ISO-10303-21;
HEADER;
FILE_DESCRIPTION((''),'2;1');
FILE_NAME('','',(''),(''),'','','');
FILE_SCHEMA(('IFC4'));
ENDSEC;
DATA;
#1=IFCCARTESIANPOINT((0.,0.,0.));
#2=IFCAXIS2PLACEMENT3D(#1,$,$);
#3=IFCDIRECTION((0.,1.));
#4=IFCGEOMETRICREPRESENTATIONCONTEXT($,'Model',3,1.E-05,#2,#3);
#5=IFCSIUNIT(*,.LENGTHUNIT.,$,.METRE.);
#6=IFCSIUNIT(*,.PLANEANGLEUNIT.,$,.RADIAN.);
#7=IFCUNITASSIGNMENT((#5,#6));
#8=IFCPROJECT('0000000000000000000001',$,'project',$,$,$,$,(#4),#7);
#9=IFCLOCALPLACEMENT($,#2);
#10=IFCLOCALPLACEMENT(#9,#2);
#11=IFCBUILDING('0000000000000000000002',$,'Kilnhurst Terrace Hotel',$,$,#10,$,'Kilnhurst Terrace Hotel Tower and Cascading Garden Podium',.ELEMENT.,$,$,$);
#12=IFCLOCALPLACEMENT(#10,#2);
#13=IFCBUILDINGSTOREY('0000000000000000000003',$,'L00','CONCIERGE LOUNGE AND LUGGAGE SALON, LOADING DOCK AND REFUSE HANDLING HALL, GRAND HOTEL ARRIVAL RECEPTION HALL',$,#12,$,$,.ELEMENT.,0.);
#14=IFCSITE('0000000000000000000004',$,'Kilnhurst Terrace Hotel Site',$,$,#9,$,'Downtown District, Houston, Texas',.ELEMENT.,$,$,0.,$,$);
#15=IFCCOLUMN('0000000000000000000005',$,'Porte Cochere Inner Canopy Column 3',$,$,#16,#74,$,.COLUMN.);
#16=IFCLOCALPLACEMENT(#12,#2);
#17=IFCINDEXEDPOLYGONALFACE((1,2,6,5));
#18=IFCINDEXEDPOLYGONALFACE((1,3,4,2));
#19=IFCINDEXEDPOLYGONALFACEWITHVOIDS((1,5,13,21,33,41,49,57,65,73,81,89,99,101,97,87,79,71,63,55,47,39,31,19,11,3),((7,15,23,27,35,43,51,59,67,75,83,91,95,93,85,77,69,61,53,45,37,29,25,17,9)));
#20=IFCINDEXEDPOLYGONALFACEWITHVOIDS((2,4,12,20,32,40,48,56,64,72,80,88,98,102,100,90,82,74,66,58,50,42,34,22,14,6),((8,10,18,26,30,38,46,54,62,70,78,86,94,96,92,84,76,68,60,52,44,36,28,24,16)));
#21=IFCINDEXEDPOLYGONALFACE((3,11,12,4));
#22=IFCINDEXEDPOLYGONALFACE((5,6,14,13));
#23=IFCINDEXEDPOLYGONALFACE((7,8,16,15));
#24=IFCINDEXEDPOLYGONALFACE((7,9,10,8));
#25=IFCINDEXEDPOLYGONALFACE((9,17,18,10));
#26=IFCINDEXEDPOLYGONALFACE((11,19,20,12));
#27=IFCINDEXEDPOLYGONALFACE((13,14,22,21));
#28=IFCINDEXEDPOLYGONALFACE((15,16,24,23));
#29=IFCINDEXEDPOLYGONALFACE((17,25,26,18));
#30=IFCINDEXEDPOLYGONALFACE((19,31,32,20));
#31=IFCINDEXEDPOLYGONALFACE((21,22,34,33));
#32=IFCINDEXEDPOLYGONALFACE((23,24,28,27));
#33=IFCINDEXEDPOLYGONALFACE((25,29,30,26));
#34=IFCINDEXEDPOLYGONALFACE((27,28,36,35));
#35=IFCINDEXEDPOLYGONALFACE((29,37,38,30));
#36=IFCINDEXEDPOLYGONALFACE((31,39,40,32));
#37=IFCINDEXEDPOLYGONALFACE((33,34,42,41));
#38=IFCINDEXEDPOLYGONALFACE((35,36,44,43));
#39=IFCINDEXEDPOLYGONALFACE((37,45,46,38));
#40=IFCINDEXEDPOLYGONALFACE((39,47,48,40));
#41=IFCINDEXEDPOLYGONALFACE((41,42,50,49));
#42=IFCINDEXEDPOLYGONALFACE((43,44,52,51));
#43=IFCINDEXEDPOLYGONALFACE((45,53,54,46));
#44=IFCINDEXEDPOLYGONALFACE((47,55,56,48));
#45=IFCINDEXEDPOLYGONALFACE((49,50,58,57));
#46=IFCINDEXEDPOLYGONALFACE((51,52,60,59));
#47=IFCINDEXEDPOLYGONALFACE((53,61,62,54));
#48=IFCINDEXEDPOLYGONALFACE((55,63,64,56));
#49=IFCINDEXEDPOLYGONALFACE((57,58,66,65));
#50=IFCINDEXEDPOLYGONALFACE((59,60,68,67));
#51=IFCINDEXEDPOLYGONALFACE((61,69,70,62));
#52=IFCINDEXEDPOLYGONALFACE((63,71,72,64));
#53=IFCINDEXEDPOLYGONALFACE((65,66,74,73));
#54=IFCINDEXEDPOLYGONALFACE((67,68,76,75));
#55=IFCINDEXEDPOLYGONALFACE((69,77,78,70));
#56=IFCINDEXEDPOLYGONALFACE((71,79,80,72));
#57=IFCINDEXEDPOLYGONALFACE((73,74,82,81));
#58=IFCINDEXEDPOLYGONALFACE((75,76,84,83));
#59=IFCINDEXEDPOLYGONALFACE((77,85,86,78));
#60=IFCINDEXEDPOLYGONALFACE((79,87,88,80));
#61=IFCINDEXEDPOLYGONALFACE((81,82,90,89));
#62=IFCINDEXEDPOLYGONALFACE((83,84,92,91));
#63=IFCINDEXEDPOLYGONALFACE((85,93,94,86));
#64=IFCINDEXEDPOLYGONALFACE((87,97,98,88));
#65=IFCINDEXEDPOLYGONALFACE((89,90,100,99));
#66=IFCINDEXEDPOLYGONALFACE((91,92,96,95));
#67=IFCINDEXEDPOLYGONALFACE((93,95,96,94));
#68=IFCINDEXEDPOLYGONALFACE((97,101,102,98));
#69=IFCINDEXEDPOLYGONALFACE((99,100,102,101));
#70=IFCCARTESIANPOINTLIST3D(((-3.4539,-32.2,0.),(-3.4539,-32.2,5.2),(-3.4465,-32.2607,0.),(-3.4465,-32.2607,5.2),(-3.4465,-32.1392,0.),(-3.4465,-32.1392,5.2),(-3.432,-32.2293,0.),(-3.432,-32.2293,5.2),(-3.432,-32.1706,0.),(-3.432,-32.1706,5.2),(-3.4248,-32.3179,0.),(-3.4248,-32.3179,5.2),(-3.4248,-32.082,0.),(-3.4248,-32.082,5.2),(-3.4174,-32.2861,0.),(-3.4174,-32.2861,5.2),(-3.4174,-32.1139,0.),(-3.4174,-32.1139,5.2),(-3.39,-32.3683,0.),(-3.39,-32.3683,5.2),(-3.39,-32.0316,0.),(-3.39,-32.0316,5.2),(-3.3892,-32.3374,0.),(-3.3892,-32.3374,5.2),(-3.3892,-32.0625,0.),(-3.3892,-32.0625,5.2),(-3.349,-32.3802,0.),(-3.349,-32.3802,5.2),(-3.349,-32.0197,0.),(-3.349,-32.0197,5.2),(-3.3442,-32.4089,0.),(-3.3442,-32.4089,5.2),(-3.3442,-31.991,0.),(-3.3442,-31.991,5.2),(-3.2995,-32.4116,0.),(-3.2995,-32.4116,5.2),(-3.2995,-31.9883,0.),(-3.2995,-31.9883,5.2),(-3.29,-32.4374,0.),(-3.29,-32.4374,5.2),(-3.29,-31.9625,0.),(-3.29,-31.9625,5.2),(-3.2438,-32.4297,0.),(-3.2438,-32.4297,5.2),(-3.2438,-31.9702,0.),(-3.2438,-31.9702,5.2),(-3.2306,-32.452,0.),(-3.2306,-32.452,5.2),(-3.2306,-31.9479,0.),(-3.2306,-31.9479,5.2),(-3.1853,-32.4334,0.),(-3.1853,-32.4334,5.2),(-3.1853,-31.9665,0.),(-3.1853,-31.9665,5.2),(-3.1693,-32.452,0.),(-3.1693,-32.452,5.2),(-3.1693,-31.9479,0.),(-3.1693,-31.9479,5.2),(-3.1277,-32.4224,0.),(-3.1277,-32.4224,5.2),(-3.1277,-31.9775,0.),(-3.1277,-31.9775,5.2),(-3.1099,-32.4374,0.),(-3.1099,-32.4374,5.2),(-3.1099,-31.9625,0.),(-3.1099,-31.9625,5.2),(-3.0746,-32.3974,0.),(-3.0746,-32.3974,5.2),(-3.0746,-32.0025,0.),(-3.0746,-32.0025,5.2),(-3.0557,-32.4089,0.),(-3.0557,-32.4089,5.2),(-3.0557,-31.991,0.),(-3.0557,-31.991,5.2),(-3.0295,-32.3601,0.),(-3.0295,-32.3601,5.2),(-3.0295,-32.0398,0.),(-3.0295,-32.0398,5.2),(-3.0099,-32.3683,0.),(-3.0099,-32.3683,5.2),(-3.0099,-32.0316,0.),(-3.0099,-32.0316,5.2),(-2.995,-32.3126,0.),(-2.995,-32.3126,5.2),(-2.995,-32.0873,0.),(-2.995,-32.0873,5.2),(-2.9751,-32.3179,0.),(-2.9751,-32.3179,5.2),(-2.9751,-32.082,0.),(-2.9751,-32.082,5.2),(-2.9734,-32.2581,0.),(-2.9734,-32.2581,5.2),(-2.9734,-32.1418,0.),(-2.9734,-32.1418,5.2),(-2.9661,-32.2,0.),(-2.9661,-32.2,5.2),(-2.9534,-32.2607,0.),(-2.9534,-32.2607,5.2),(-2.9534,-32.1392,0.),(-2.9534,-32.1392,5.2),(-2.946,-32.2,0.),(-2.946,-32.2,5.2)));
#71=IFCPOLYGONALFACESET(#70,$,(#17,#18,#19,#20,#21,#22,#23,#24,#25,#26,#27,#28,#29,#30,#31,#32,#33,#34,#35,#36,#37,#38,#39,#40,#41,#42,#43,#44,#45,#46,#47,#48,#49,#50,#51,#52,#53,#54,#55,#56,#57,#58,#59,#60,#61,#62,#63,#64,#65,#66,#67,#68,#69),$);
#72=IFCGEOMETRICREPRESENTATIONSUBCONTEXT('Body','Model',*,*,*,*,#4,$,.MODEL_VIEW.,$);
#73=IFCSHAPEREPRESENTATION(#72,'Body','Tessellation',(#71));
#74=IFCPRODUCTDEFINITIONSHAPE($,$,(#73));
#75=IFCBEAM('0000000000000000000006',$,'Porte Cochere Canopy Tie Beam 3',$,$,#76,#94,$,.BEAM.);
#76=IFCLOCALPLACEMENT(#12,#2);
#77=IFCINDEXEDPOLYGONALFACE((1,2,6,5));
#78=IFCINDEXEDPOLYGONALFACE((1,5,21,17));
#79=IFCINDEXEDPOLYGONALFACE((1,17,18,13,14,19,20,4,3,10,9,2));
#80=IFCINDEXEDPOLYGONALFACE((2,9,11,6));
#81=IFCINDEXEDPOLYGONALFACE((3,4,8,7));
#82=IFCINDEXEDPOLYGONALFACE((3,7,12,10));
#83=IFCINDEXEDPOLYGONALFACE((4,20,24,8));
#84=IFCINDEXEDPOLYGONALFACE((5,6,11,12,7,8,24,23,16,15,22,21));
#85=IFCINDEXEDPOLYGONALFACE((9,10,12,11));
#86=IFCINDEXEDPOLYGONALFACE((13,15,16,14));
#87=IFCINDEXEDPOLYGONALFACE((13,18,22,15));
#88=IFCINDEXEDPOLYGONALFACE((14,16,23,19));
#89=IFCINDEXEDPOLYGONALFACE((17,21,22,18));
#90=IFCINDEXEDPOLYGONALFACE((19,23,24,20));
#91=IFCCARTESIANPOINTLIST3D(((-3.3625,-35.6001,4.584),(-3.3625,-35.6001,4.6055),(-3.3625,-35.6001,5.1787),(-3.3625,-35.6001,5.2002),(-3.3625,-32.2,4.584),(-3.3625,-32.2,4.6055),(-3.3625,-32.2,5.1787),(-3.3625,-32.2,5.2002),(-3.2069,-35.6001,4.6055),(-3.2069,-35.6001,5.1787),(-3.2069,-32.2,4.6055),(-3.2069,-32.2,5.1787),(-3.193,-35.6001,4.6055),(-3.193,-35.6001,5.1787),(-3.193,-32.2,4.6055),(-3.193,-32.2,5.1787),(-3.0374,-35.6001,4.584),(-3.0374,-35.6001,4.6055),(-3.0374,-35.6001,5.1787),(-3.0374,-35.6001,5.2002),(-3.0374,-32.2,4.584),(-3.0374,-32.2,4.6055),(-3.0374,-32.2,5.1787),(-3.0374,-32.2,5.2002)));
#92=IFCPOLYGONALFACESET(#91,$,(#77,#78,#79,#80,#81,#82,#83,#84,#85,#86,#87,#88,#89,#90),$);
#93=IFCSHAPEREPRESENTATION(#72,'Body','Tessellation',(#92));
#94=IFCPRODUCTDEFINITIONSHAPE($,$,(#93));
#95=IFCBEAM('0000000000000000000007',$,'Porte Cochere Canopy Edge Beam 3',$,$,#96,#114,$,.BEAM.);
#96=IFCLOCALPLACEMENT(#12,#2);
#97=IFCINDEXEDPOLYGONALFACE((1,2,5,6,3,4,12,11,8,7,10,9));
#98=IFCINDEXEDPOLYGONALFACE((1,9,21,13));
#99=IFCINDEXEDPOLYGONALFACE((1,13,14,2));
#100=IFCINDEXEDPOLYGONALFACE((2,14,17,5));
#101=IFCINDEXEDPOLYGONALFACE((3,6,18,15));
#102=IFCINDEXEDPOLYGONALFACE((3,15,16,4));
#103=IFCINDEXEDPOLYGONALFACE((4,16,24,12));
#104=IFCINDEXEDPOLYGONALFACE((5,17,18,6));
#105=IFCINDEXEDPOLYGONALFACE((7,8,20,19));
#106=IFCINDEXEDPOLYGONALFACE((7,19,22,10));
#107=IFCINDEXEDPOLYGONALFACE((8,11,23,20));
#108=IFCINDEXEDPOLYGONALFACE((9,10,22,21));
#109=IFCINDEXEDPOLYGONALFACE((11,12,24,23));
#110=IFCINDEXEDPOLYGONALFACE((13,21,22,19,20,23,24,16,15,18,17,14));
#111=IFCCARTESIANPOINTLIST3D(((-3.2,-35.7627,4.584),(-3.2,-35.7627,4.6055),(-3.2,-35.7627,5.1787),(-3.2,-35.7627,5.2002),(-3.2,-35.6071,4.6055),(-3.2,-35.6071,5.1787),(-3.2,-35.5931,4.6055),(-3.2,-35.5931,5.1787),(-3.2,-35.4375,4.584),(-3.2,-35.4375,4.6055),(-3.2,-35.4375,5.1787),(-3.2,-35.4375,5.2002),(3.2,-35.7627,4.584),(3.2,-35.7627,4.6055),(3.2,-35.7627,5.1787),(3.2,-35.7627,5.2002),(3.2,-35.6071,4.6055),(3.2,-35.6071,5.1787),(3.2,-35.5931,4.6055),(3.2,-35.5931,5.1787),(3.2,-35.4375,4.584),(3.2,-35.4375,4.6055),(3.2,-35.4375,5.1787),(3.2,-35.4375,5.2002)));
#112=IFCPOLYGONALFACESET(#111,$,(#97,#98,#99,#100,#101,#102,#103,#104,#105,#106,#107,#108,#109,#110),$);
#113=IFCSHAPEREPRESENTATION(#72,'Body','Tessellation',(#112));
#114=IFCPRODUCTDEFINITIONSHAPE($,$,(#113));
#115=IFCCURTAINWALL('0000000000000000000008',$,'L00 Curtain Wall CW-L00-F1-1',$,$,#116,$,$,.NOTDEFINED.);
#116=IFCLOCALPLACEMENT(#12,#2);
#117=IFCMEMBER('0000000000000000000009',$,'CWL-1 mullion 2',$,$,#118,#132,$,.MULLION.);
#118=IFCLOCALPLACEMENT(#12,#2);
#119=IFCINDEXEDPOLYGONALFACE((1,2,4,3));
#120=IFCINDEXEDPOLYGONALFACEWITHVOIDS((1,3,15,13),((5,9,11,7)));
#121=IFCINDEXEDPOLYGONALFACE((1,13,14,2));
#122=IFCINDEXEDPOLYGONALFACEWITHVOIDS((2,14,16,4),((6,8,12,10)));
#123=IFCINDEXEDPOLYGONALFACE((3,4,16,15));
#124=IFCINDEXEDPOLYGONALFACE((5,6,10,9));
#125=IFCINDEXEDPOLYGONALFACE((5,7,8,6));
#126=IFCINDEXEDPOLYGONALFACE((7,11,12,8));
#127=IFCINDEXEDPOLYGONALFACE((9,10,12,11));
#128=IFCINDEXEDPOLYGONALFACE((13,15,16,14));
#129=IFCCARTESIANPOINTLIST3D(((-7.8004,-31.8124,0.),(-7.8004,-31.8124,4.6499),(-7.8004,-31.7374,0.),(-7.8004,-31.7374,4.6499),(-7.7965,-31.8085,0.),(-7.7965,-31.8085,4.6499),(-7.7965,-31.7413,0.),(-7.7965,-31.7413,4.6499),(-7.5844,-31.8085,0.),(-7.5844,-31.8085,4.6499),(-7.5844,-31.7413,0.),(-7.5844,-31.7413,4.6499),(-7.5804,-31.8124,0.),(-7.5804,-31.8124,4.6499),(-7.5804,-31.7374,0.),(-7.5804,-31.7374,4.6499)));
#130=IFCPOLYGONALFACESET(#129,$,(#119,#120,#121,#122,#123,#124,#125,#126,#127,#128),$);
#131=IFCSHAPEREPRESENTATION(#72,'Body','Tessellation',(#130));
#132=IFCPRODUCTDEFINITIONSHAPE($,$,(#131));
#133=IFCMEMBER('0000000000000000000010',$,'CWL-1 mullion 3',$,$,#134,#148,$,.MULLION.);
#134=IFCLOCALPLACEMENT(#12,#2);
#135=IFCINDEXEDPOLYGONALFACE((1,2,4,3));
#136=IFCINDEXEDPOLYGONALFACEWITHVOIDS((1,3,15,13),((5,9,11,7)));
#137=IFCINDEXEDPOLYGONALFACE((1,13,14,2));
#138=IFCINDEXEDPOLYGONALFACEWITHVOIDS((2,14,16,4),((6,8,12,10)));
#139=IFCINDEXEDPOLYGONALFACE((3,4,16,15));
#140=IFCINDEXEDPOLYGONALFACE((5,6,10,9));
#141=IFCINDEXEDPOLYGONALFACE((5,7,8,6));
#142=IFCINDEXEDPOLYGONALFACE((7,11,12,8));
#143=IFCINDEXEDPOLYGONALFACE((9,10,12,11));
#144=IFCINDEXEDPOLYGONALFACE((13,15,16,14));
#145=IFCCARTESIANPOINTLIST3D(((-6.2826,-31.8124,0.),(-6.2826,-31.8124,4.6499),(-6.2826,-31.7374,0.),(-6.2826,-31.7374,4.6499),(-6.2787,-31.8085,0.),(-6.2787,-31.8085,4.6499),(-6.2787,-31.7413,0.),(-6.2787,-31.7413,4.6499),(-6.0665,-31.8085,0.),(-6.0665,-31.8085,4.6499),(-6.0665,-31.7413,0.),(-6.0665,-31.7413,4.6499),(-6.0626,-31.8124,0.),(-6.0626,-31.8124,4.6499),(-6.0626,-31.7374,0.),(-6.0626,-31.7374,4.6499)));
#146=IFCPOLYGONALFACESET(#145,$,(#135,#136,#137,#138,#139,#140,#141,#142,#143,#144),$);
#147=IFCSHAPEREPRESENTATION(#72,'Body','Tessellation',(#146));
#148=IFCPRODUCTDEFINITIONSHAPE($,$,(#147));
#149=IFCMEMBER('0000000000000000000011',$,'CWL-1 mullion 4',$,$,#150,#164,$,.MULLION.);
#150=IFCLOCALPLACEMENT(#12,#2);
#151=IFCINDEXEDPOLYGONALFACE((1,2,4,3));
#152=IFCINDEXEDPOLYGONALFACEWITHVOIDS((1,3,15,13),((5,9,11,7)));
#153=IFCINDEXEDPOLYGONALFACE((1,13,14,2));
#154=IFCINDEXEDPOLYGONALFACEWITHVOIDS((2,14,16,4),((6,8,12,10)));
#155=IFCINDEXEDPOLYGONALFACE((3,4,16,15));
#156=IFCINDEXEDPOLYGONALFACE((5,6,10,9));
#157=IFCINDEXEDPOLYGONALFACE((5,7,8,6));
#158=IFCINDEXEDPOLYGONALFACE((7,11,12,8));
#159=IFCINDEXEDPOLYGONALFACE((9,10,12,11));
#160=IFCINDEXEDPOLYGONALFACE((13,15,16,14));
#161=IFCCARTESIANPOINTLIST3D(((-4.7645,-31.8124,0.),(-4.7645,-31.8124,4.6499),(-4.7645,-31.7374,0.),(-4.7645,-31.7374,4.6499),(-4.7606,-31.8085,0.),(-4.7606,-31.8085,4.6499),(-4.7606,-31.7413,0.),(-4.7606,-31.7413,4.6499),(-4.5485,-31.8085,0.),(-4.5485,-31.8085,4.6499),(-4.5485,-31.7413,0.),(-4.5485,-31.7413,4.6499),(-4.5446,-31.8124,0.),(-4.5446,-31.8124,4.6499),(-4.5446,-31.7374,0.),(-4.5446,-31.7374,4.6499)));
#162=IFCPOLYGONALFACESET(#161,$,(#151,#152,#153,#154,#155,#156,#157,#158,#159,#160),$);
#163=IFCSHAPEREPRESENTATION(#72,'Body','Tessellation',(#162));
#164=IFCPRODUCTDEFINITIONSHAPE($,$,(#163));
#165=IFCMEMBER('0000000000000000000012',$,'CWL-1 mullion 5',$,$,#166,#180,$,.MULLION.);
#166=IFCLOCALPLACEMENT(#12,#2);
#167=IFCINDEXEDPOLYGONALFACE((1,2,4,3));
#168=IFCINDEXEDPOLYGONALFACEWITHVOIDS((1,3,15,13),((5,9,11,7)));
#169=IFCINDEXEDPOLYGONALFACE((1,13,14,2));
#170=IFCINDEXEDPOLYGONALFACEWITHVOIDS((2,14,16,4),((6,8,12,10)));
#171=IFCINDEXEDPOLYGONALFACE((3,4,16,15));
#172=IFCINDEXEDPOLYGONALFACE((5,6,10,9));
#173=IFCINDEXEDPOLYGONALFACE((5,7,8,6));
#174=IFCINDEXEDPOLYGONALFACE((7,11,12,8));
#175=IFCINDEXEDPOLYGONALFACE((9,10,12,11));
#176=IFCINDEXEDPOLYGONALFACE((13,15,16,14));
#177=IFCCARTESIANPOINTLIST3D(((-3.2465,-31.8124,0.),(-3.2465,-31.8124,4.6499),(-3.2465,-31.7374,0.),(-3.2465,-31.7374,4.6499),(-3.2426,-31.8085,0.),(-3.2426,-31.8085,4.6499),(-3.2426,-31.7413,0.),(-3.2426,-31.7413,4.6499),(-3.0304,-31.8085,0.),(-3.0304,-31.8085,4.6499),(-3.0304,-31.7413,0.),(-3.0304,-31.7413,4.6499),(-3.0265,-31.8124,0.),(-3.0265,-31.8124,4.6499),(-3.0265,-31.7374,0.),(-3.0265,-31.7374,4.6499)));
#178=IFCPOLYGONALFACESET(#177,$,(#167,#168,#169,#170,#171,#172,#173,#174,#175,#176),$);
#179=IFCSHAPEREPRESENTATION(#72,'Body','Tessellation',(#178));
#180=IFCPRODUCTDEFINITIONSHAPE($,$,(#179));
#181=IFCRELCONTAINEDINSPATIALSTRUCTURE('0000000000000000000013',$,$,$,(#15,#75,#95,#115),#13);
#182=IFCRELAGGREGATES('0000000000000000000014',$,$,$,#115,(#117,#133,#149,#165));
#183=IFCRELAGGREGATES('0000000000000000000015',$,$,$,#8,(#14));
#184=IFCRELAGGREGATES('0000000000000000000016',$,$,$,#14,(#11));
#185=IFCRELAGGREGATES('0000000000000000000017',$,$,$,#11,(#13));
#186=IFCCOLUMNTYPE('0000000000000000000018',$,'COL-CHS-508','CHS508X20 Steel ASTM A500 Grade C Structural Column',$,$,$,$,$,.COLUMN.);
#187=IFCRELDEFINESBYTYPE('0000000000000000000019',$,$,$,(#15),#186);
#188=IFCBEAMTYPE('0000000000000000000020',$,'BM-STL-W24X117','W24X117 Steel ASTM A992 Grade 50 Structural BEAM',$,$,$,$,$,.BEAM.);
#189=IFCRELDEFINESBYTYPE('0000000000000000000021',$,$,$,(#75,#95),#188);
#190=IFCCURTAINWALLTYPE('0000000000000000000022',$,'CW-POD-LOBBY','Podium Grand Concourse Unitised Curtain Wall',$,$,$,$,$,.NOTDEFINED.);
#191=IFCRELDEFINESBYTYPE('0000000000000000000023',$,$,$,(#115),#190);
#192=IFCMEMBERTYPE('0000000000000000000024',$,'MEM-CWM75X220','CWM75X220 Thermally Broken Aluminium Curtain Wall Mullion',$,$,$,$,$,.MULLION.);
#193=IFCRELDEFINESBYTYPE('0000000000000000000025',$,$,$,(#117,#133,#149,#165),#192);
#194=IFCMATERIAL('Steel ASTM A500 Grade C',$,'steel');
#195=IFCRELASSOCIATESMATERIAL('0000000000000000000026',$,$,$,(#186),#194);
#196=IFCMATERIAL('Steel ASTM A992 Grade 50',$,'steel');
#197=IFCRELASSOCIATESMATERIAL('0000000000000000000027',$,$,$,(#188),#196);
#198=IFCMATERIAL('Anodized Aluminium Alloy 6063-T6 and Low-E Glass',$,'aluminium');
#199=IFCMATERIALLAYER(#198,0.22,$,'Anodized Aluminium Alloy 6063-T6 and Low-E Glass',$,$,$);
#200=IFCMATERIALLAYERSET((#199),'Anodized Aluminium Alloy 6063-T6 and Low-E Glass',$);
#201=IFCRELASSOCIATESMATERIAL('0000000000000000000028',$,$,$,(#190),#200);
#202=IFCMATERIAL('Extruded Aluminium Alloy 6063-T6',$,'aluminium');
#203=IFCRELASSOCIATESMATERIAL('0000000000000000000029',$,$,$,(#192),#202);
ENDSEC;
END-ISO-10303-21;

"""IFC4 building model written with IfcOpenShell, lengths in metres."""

from ifc_helpers import new_model, si_unit, direction, frame, origin, origin_2d, place, context, subcontext, project, spatial, hollow_rectangle, hollow_circle, i_section, extrude, material, layer, layer_set, material_profile, profile_set, type_object, element, aggregate, save


model = new_model("IFC4")

# Units and contexts
model_context = context("Model", 3, precision=1e-05, world=origin(), true_north=direction((0.0, 1.0)))
body_context = subcontext(model_context, "Body", "Model", "MODEL_VIEW")
ifc_project = project(units=[si_unit("LENGTHUNIT", "METRE"), si_unit("PLANEANGLEUNIT", "RADIAN")], contexts=[model_context])

# Site, building, storey
site_placement = place(None, origin())
site = spatial("IfcSite", under=ifc_project, at=site_placement, Name="Kilnhurst Terrace Hotel Site", LongName="Downtown District, Houston, Texas", CompositionType="ELEMENT", RefElevation=0.0)
building_placement = place(site_placement, origin())
building = spatial("IfcBuilding", under=site, at=building_placement, Name="Kilnhurst Terrace Hotel", LongName="Kilnhurst Terrace Hotel Tower and Cascading Garden Podium", CompositionType="ELEMENT")
storey_placement = place(building_placement, origin())
storey = spatial("IfcBuildingStorey", under=building, at=storey_placement, Name="L00", Description="CONCIERGE LOUNGE AND LUGGAGE SALON, LOADING DOCK AND REFUSE HANDLING HALL, GRAND HOTEL ARRIVAL RECEPTION HALL", CompositionType="ELEMENT", Elevation=0.0)

# Column
ifc_material_1 = material(Name="Steel ASTM A500 Grade C", Category="steel")
ifc_material_profile_1 = material_profile(ifc_material_1, hollow_circle(Radius=0.2539, WallThickness=0.02, at=origin_2d()), Name="CHS508X20")
ifc_profile_set_1 = profile_set([ifc_material_profile_1], Name="Steel ASTM A500 Grade C")
column_type = type_object("IfcColumnType", Name="COL-CHS-508", Description="CHS508X20 Steel ASTM A500 Grade C Structural Column", PredefinedType="COLUMN", material=ifc_profile_set_1)
for number, where, z_axis, x_axis, name in (
    (1, (-3.2, -32.2, 0.0), (0.0, 0.0, 1.0), (1.0, 0.0, 0.0), "Porte Cochere Inner Canopy Column 3"),
):
    element("IfcColumn", number, at=place(storey_placement, frame(where, z_axis=z_axis, x_axis=x_axis)), inside=storey, type_object=column_type, Name=name, PredefinedType="COLUMN", context=body_context, shape_type="SweptSolid", body=[
        extrude(hollow_circle(Radius=0.2539, WallThickness=0.02, at=origin_2d()), origin(), (0.0, 0.0, 1.0), 5.2),
    ])

# Beams
ifc_material_2 = material(Name="Steel ASTM A992 Grade 50", Category="steel")
ifc_material_profile_2 = material_profile(ifc_material_2, i_section(OverallWidth=0.3252, OverallDepth=0.6162, WebThickness=0.0139, FlangeThickness=0.0215, at=origin_2d()), Name="W24X117")
ifc_profile_set_2 = profile_set([ifc_material_profile_2], Name="Steel ASTM A992 Grade 50")
beam_type = type_object("IfcBeamType", Name="BM-STL-W24X117", Description="W24X117 Steel ASTM A992 Grade 50 Structural BEAM", PredefinedType="BEAM", material=ifc_profile_set_2)
beam_1_placement = place(storey_placement, frame((-3.2, -35.6001, 4.8921), z_axis=(0.0, 1.0, 0.0), x_axis=(-1.0, 0.0, 0.0)))
element("IfcBeam", 2, at=beam_1_placement, inside=storey, type_object=beam_type, Name="Porte Cochere Canopy Tie Beam 3", PredefinedType="BEAM", context=body_context, shape_type="SweptSolid", body=[
    extrude(i_section(OverallWidth=0.3252, OverallDepth=0.6162, WebThickness=0.0139, FlangeThickness=0.0215, at=origin_2d()), origin(), (0.0, 0.0, 1.0), 3.4001),
])
beam_2_placement = place(storey_placement, frame((-3.2, -35.6001, 4.8921), z_axis=(1.0, 0.0, 0.0), x_axis=(0.0, 1.0, 0.0)))
element("IfcBeam", 3, at=beam_2_placement, inside=storey, type_object=beam_type, Name="Porte Cochere Canopy Edge Beam 3", PredefinedType="BEAM", context=body_context, shape_type="SweptSolid", body=[
    extrude(i_section(OverallWidth=0.3252, OverallDepth=0.6162, WebThickness=0.0139, FlangeThickness=0.0215, at=origin_2d()), origin(), (0.0, 0.0, 1.0), 6.3999),
])

# Curtain wall, members
ifc_material_3 = material(Name="Anodized Aluminium Alloy 6063-T6 and Low-E Glass", Category="aluminium")
ifc_layer_1 = layer(ifc_material_3, 0.22, Name="Anodized Aluminium Alloy 6063-T6 and Low-E Glass")
ifc_layer_set_1 = layer_set([ifc_layer_1], Name="Anodized Aluminium Alloy 6063-T6 and Low-E Glass")
curtain_wall_type = type_object("IfcCurtainWallType", Name="CW-POD-LOBBY", Description="Podium Grand Concourse Unitised Curtain Wall", PredefinedType="NOTDEFINED", material=ifc_layer_set_1)
curtain_wall_placement = place(storey_placement, origin())
curtain_wall = element("IfcCurtainWall", 4, at=curtain_wall_placement, inside=storey, type_object=curtain_wall_type, Name="L00 Curtain Wall CW-L00-F1-1", PredefinedType="NOTDEFINED")
ifc_material_4 = material(Name="Extruded Aluminium Alloy 6063-T6", Category="aluminium")
ifc_material_profile_3 = material_profile(ifc_material_4, hollow_rectangle(XDim=0.075, YDim=0.22, WallThickness=0.0039, at=origin_2d()), Name="CWM75X220")
ifc_profile_set_3 = profile_set([ifc_material_profile_3], Name="Extruded Aluminium Alloy 6063-T6")
member_type_1 = type_object("IfcMemberType", Name="MEM-CWM75X220", Description="CWM75X220 Thermally Broken Aluminium Curtain Wall Mullion", PredefinedType="MULLION", material=ifc_profile_set_3)
member_1_placement = place(storey_placement, frame((-7.6904, -31.7749, 0.0), z_axis=(0.0, 0.0, 1.0), x_axis=(0.0, 1.0, 0.0)))
member_1 = element("IfcMember", 5, at=member_1_placement, type_object=member_type_1, Name="CWL-1 mullion 2", PredefinedType="MULLION", context=body_context, shape_type="SweptSolid", body=[
    extrude(hollow_rectangle(XDim=0.075, YDim=0.22, WallThickness=0.0039, at=origin_2d()), origin(), (0.0, 0.0, 1.0), 4.6499),
])
member_2_placement = place(storey_placement, frame((-6.1726, -31.7749, 0.0), z_axis=(0.0, 0.0, 1.0), x_axis=(0.0, 1.0, 0.0)))
member_2 = element("IfcMember", 6, at=member_2_placement, type_object=member_type_1, Name="CWL-1 mullion 3", PredefinedType="MULLION", context=body_context, shape_type="SweptSolid", body=[
    extrude(hollow_rectangle(XDim=0.075, YDim=0.22, WallThickness=0.0039, at=origin_2d()), origin(), (0.0, 0.0, 1.0), 4.6499),
])
member_3_placement = place(storey_placement, frame((-4.6545, -31.7749, 0.0), z_axis=(0.0, 0.0, 1.0), x_axis=(0.0, 1.0, 0.0)))
member_3 = element("IfcMember", 7, at=member_3_placement, type_object=member_type_1, Name="CWL-1 mullion 4", PredefinedType="MULLION", context=body_context, shape_type="SweptSolid", body=[
    extrude(hollow_rectangle(XDim=0.075, YDim=0.22, WallThickness=0.0039, at=origin_2d()), origin(), (0.0, 0.0, 1.0), 4.6499),
])
member_4_placement = place(storey_placement, frame((-3.1365, -31.7749, 0.0), z_axis=(0.0, 0.0, 1.0), x_axis=(0.0, 1.0, 0.0)))
member_4 = element("IfcMember", 8, at=member_4_placement, type_object=member_type_1, Name="CWL-1 mullion 5", PredefinedType="MULLION", context=body_context, shape_type="SweptSolid", body=[
    extrude(hollow_rectangle(XDim=0.075, YDim=0.22, WallThickness=0.0039, at=origin_2d()), origin(), (0.0, 0.0, 1.0), 4.6499),
])
aggregate(curtain_wall, [member_1, member_2, member_3, member_4])

save(model, "model.ifc")
